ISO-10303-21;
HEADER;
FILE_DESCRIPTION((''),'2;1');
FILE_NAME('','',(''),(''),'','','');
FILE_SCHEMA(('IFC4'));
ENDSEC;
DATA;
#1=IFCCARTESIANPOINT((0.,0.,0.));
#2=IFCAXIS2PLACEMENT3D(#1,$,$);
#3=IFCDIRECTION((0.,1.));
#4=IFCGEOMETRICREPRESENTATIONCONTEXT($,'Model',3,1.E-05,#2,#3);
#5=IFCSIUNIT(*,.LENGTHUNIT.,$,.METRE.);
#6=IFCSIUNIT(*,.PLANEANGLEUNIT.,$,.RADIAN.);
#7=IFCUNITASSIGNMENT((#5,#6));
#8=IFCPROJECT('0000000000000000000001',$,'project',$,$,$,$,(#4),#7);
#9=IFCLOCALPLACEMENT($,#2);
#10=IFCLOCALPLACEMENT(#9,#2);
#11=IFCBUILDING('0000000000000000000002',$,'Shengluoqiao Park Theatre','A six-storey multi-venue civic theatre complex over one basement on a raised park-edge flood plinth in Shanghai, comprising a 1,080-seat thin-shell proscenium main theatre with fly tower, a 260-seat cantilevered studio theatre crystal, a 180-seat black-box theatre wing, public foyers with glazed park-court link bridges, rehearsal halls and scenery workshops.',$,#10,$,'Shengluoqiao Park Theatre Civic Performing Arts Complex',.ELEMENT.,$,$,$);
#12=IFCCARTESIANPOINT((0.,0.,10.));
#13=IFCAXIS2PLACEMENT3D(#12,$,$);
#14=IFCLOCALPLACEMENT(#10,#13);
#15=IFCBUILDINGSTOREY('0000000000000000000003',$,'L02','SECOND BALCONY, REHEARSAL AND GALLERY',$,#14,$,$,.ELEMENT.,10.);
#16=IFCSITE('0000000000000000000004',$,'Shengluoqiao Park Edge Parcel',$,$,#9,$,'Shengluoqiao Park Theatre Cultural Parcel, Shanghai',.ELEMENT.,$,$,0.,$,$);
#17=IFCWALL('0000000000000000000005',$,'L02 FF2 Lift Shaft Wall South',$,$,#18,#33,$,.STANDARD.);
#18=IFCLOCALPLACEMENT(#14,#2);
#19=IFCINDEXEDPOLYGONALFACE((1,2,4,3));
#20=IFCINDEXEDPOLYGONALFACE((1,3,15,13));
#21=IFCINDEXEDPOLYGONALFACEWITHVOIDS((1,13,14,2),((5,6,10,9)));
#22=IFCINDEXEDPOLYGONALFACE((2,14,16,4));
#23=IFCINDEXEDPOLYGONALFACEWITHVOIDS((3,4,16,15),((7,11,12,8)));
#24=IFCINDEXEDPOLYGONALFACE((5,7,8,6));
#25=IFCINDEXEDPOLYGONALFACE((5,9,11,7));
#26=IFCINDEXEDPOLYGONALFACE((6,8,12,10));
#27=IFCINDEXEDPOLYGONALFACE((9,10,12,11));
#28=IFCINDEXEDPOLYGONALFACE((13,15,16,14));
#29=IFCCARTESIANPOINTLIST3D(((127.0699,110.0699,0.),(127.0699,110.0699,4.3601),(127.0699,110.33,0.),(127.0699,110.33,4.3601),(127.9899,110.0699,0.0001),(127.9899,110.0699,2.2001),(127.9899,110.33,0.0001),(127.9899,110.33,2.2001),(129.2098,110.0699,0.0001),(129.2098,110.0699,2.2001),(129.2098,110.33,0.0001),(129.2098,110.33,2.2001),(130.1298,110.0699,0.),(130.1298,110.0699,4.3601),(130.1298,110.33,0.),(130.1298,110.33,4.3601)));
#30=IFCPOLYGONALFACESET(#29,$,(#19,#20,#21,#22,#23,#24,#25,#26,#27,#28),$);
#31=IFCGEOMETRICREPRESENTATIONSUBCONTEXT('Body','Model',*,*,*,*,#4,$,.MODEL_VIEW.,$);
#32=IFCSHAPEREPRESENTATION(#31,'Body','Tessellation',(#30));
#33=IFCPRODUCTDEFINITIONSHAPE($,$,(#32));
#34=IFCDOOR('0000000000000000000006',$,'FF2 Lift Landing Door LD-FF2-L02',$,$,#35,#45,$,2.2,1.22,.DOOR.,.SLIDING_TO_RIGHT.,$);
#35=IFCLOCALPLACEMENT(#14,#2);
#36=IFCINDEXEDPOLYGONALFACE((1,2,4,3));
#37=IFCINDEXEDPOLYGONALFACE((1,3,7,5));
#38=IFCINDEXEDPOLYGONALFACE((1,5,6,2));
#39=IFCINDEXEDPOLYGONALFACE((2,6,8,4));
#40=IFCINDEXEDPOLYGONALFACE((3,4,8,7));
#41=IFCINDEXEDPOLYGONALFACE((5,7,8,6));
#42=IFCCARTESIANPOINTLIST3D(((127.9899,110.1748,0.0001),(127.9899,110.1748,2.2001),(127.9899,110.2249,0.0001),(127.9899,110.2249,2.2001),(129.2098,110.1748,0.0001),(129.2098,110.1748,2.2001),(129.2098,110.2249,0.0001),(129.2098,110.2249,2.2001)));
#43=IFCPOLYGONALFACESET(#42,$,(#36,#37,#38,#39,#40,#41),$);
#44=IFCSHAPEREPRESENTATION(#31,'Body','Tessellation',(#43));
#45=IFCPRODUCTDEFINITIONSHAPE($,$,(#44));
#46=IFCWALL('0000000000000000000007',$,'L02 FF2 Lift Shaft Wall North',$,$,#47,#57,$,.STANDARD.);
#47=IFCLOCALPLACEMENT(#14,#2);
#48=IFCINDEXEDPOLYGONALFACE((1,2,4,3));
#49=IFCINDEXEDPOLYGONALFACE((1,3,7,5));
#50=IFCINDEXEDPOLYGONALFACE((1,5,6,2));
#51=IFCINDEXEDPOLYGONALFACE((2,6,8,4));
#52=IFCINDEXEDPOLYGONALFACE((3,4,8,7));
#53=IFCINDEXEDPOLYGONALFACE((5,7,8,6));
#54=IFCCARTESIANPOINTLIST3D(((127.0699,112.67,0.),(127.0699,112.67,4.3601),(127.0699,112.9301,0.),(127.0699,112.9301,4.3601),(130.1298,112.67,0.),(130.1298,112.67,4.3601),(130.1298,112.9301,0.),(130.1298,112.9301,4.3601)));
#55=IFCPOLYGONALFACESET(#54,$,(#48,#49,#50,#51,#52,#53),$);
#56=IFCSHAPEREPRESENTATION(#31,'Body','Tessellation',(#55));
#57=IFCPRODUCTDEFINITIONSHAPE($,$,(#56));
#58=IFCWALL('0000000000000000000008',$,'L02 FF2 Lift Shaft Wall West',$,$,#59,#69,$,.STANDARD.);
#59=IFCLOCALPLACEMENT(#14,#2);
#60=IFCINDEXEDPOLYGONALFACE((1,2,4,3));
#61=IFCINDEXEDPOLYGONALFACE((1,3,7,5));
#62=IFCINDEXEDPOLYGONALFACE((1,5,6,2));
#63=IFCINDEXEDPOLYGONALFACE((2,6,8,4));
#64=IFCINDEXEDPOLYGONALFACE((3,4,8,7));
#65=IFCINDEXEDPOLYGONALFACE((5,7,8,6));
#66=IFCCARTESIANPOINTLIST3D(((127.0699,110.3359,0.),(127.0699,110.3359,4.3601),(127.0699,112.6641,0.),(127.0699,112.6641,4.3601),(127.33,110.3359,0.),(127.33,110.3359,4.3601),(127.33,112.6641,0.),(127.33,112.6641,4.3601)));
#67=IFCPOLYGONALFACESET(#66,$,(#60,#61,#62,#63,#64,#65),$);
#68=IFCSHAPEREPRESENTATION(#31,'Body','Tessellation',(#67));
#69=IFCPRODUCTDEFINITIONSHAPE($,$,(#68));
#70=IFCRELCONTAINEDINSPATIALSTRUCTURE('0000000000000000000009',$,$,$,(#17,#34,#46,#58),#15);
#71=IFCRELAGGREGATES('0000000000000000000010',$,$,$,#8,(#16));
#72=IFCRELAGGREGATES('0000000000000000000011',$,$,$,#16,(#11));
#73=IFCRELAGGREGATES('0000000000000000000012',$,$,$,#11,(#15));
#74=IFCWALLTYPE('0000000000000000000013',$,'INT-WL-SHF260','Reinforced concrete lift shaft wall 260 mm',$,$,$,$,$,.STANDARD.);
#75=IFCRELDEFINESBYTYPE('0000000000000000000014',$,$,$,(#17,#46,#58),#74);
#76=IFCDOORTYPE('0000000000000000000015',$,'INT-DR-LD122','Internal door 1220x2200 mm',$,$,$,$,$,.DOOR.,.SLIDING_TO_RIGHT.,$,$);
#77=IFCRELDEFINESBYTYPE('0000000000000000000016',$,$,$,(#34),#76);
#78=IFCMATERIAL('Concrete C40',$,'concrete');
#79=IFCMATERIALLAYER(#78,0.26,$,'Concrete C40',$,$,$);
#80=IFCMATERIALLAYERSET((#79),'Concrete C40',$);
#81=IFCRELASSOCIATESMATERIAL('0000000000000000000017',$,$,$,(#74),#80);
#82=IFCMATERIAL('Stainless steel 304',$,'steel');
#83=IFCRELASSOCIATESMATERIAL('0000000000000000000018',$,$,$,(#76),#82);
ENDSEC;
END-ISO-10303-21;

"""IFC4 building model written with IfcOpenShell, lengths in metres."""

from ifc_helpers import new_model, si_unit, direction, frame, frame_2d, origin, place, context, subcontext, project, spatial, rectangle, extrude, material, layer, layer_set, type_object, element, fill, save


model = new_model("IFC4")

# Units and contexts
model_context = context("Model", 3, precision=1e-05, world=origin(), true_north=direction((0.0, 1.0)))
body_context = subcontext(model_context, "Body", "Model", "MODEL_VIEW")
ifc_project = project(units=[si_unit("LENGTHUNIT", "METRE"), si_unit("PLANEANGLEUNIT", "RADIAN")], contexts=[model_context])

# Site, building, storey
site_placement = place(None, origin())
site = spatial("IfcSite", under=ifc_project, at=site_placement, Name="Shengluoqiao Park Edge Parcel", LongName="Shengluoqiao Park Theatre Cultural Parcel, Shanghai", CompositionType="ELEMENT", RefElevation=0.0)
building_placement = place(site_placement, origin())
building = spatial("IfcBuilding", under=site, at=building_placement, Name="Shengluoqiao Park Theatre", Description="A six-storey multi-venue civic theatre complex over one basement on a raised park-edge flood plinth in Shanghai, comprising a 1,080-seat thin-shell proscenium main theatre with fly tower, a 260-seat cantilevered studio theatre crystal, a 180-seat black-box theatre wing, public foyers with glazed park-court link bridges, rehearsal halls and scenery workshops.", LongName="Shengluoqiao Park Theatre Civic Performing Arts Complex", CompositionType="ELEMENT")
storey_placement = place(building_placement, frame((0.0, 0.0, 10.0)))
storey = spatial("IfcBuildingStorey", under=building, at=storey_placement, Name="L02", Description="SECOND BALCONY, REHEARSAL AND GALLERY", CompositionType="ELEMENT", Elevation=10.0)

# Shared definitions
ifc_material_1 = material(Name="Concrete C40", Category="concrete")

# Wall, opening, door
ifc_layer_1 = layer(ifc_material_1, 0.26, Name="Concrete C40")
ifc_layer_set_1 = layer_set([ifc_layer_1], Name="Concrete C40")
wall_type_1 = type_object("IfcWallType", Name="INT-WL-SHF260", Description="Reinforced concrete lift shaft wall 260 mm", PredefinedType="STANDARD", material=ifc_layer_set_1)
wall_1_placement = place(storey_placement, frame((127.0701, 110.2, 0.0), z_axis=(0.0, 0.0, 1.0), x_axis=(1.0, 0.0, 0.0)))
wall_1 = element("IfcWall", 1, at=wall_1_placement, inside=storey, type_object=wall_type_1, Name="L02 FF2 Lift Shaft Wall South", PredefinedType="STANDARD", context=body_context, shape_type="SweptSolid", body=[
    extrude(rectangle(XDim=3.0598, YDim=0.26, at=frame_2d((1.5298, 0.0))), origin(), (0.0, 0.0, 1.0), 4.3601),
])
opening_1_placement = place(wall_1_placement, frame((0.9199, 0.0, 0.0)))
opening_1 = element("IfcOpeningElement", 2, at=opening_1_placement, cuts=wall_1, PredefinedType="OPENING", context=body_context, shape_type="SweptSolid", body=[
    extrude(rectangle(XDim=1.22, YDim=2.2, at=frame_2d((0.6099, 1.1001))), frame((0.0, 0.1399, 0.0), z_axis=(0.0, -1.0, 0.0), x_axis=(1.0, 0.0, 0.0)), (0.0, 0.0, 1.0), 0.28),
])
ifc_material_2 = material(Name="Stainless steel 304", Category="steel")
door_type = type_object("IfcDoorType", Name="INT-DR-LD122", Description="Internal door 1220x2200 mm", OperationType="SLIDING_TO_RIGHT", PredefinedType="DOOR", material=ifc_material_2)
door_placement = place(opening_1_placement, origin())
door = element("IfcDoor", 3, at=door_placement, inside=storey, type_object=door_type, Name="FF2 Lift Landing Door LD-FF2-L02", OperationType="SLIDING_TO_RIGHT", OverallHeight=2.2, OverallWidth=1.22, PredefinedType="DOOR", context=body_context, shape_type="SweptSolid", body=[
    extrude(rectangle(XDim=1.22, YDim=2.2, at=frame_2d((0.6099, 1.1001))), frame((0.0, 0.0249, 0.0), z_axis=(0.0, -1.0, 0.0), x_axis=(1.0, 0.0, 0.0)), (0.0, 0.0, 1.0), 0.05),
])
fill(opening_1, door)

# Walls
wall_2_placement = place(storey_placement, frame((127.0701, 112.8, 0.0), z_axis=(0.0, 0.0, 1.0), x_axis=(1.0, 0.0, 0.0)))
element("IfcWall", 4, at=wall_2_placement, inside=storey, type_object=wall_type_1, Name="L02 FF2 Lift Shaft Wall North", PredefinedType="STANDARD", context=body_context, shape_type="SweptSolid", body=[
    extrude(rectangle(XDim=3.0598, YDim=0.26, at=frame_2d((1.5298, 0.0))), origin(), (0.0, 0.0, 1.0), 4.3601),
])
wall_3_placement = place(storey_placement, frame((127.2, 110.3359, 0.0), z_axis=(0.0, 0.0, 1.0), x_axis=(0.0, 1.0, 0.0)))
element("IfcWall", 5, at=wall_3_placement, inside=storey, type_object=wall_type_1, Name="L02 FF2 Lift Shaft Wall West", PredefinedType="STANDARD", context=body_context, shape_type="SweptSolid", body=[
    extrude(rectangle(XDim=2.3281, YDim=0.26, at=frame_2d((1.1641, 0.0))), origin(), (0.0, 0.0, 1.0), 4.3601),
])

save(model, "model.ifc")
